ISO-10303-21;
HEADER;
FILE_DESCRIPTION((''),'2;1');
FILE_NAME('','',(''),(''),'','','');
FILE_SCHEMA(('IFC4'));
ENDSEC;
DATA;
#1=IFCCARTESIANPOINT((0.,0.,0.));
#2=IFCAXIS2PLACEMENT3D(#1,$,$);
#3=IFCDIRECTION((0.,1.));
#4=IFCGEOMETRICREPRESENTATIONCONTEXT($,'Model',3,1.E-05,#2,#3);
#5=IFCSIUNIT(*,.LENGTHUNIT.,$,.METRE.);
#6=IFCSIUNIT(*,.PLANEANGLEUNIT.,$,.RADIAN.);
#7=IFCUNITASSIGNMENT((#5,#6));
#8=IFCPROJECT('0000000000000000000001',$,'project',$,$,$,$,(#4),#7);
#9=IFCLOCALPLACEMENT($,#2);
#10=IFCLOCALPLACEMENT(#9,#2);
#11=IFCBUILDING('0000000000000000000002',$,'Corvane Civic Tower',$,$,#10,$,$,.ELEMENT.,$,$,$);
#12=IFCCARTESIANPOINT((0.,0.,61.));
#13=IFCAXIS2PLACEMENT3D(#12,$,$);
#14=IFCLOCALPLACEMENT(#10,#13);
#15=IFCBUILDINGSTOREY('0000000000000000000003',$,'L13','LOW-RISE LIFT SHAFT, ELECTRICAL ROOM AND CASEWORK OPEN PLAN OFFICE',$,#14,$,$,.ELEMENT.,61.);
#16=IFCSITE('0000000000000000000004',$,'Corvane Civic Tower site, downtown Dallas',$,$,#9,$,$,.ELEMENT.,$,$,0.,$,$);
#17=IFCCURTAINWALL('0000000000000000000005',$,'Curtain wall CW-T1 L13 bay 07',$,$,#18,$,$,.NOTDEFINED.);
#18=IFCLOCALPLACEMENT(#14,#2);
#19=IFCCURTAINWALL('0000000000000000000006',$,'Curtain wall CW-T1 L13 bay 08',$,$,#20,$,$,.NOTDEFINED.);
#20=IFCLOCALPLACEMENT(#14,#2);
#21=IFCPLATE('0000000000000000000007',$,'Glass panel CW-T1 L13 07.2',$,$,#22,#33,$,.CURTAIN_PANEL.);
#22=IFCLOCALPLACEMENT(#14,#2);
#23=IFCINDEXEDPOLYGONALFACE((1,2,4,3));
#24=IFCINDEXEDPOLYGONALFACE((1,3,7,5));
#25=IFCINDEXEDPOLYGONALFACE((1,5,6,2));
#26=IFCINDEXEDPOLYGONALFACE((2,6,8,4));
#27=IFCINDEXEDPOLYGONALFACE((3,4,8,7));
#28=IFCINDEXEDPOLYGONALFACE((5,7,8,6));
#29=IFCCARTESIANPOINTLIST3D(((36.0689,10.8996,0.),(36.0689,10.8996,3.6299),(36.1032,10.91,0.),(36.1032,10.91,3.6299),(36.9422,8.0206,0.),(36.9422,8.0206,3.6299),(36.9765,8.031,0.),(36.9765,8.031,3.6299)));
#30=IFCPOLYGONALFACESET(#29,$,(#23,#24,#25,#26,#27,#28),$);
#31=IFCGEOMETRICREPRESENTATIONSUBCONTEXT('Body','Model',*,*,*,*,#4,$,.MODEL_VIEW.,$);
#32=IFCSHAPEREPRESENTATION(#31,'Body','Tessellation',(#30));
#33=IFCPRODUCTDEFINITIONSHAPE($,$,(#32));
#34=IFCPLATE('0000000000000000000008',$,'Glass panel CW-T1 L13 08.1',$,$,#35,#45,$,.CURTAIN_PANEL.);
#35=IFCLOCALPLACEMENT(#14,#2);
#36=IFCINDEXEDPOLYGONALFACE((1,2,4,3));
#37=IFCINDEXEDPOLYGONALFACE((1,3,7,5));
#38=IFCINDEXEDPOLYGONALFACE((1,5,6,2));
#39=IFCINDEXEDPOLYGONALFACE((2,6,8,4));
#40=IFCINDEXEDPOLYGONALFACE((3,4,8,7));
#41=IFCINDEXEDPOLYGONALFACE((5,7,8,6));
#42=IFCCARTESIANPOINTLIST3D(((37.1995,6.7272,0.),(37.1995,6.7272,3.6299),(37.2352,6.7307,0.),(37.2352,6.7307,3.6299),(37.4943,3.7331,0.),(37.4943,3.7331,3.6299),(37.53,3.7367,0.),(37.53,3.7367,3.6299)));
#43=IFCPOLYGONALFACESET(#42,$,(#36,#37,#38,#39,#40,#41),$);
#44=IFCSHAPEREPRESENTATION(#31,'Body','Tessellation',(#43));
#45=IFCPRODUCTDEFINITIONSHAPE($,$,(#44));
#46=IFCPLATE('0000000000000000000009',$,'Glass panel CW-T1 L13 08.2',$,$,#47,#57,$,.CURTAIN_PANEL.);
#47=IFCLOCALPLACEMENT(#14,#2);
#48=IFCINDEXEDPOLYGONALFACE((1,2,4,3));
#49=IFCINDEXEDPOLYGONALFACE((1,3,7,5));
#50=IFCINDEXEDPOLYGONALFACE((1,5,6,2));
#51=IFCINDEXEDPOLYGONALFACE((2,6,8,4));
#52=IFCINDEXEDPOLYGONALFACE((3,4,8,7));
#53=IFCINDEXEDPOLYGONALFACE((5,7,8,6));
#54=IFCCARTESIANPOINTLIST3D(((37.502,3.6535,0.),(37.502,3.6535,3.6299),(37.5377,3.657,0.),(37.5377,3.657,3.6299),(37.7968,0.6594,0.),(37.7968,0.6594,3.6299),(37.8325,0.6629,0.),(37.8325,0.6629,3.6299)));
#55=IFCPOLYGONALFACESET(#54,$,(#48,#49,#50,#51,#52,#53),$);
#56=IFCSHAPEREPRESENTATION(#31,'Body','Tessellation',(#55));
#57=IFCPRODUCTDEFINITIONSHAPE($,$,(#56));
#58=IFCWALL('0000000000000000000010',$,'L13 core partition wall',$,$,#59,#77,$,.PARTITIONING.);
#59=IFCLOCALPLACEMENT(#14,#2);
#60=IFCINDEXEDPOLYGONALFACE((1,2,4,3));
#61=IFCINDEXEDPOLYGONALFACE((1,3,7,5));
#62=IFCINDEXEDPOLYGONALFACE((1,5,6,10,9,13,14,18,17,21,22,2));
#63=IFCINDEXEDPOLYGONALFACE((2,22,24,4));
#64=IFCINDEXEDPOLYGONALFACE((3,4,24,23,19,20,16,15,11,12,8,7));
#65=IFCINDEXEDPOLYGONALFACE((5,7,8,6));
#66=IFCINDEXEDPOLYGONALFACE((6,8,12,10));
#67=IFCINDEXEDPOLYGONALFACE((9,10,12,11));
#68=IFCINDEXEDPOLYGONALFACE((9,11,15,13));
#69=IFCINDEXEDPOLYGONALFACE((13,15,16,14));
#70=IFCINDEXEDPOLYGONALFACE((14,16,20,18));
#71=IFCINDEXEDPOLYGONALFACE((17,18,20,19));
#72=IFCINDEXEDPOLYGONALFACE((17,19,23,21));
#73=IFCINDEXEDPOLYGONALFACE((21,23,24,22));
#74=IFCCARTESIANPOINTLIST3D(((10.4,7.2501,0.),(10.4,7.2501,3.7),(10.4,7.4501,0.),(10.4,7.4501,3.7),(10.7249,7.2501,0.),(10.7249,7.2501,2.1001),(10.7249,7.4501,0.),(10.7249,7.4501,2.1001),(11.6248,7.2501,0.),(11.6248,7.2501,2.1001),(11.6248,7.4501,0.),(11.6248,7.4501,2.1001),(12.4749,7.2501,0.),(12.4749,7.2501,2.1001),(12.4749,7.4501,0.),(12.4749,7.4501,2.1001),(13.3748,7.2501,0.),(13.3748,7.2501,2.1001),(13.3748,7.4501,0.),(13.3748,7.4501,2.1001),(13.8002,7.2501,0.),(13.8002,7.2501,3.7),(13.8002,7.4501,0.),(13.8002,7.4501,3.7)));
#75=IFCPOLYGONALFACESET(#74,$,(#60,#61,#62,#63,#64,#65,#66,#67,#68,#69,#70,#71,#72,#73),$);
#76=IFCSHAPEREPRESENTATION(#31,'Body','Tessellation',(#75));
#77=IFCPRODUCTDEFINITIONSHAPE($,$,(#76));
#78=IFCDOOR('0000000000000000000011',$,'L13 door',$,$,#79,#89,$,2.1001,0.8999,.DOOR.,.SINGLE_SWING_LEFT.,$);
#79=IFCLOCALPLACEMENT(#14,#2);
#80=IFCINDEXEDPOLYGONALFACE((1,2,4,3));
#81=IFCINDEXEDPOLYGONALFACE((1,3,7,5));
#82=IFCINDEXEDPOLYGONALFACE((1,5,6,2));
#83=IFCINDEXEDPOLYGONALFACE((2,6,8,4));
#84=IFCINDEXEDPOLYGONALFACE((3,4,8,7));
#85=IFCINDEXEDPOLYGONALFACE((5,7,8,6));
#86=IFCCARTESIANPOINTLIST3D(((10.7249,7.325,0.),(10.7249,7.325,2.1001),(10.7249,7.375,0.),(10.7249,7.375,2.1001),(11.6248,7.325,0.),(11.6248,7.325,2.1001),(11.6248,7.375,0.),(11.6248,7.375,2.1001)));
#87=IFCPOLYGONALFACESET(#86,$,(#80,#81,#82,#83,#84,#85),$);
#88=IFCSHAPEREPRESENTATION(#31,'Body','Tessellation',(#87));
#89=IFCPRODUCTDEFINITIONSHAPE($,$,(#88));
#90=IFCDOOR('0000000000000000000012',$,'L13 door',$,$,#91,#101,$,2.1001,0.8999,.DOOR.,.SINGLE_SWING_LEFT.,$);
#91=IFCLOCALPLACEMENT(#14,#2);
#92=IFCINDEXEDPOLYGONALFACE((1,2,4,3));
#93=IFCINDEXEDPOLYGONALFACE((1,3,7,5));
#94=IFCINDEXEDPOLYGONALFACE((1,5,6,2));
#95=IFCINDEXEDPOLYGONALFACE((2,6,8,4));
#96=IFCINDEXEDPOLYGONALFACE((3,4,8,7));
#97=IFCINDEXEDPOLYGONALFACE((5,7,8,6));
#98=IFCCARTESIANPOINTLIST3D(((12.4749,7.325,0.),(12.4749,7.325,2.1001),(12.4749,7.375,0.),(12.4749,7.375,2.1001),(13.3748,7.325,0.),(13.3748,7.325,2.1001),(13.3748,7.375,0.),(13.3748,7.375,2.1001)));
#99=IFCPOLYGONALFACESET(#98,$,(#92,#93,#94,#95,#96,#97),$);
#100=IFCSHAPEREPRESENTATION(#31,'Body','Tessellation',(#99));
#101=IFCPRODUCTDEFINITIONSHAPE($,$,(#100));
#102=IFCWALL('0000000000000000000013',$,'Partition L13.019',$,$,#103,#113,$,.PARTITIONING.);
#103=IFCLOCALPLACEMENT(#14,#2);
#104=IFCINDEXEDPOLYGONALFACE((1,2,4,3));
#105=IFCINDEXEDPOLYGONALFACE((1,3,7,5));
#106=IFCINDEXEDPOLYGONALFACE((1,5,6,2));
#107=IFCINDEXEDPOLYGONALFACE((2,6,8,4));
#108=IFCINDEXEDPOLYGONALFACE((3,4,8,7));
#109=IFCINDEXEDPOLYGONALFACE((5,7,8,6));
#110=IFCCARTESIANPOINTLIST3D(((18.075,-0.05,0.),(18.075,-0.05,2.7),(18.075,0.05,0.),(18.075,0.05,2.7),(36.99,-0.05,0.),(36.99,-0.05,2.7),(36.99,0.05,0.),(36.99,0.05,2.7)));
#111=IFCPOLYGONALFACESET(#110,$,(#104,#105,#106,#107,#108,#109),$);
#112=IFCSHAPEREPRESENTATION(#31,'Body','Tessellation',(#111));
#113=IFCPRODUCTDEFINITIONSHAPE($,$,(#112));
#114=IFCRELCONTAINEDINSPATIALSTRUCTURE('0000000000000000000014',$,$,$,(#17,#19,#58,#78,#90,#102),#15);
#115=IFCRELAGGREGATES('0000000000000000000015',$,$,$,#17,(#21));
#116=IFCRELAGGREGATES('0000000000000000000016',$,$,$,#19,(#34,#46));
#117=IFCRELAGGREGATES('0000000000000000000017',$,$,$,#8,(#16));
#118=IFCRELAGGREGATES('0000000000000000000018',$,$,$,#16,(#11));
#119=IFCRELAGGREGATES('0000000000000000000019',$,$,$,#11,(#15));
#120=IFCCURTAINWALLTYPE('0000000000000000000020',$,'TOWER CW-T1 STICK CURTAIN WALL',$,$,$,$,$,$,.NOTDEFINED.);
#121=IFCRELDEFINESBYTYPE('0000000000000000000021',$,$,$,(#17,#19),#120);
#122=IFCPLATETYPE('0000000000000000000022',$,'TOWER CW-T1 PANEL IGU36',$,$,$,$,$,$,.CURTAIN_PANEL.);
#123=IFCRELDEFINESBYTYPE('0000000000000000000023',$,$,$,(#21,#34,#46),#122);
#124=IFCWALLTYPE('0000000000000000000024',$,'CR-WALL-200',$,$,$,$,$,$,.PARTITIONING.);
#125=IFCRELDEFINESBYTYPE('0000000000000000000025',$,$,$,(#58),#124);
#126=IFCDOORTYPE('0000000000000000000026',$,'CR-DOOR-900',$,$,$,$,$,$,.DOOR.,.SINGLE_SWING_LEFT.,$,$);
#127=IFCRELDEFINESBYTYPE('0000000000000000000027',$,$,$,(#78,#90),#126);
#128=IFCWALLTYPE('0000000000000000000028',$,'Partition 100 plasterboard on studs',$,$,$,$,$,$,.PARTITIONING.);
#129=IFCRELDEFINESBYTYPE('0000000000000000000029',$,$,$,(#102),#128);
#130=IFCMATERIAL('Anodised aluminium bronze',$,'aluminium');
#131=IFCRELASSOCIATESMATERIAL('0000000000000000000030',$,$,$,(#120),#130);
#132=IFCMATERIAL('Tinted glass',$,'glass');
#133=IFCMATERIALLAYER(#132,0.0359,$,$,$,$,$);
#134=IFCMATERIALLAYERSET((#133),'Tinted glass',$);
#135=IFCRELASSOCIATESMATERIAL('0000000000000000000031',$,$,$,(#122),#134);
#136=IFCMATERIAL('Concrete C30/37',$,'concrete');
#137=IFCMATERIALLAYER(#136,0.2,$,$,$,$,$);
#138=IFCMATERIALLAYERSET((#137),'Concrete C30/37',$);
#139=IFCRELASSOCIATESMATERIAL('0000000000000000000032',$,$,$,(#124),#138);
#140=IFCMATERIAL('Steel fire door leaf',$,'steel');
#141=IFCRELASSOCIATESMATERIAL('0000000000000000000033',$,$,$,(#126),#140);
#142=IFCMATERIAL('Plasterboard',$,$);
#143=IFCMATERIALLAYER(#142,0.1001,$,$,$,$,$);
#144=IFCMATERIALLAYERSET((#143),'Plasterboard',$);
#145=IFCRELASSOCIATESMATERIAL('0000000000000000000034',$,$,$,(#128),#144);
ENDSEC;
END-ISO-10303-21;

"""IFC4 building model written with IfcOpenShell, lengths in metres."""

from ifc_helpers import new_model, si_unit, direction, frame, frame_2d, origin, origin_2d, place, context, subcontext, project, spatial, rectangle, extrude, material, layer, layer_set, type_object, element, fill, aggregate, save


model = new_model("IFC4")

# Units and contexts
model_context = context("Model", 3, precision=1e-05, world=origin(), true_north=direction((0.0, 1.0)))
body_context = subcontext(model_context, "Body", "Model", "MODEL_VIEW")
ifc_project = project(units=[si_unit("LENGTHUNIT", "METRE"), si_unit("PLANEANGLEUNIT", "RADIAN")], contexts=[model_context])

# Site, building, storey
site_placement = place(None, origin())
site = spatial("IfcSite", under=ifc_project, at=site_placement, Name="Corvane Civic Tower site, downtown Dallas", CompositionType="ELEMENT", RefElevation=0.0)
building_placement = place(site_placement, origin())
building = spatial("IfcBuilding", under=site, at=building_placement, Name="Corvane Civic Tower", CompositionType="ELEMENT")
storey_placement = place(building_placement, frame((0.0, 0.0, 61.0)))
storey = spatial("IfcBuildingStorey", under=building, at=storey_placement, Name="L13", Description="LOW-RISE LIFT SHAFT, ELECTRICAL ROOM AND CASEWORK OPEN PLAN OFFICE", CompositionType="ELEMENT", Elevation=61.0)

# Curtain walls
ifc_material_1 = material(Name="Anodised aluminium bronze", Category="aluminium")
curtain_wall_type = type_object("IfcCurtainWallType", Name="TOWER CW-T1 STICK CURTAIN WALL", PredefinedType="NOTDEFINED", material=ifc_material_1)
curtain_wall_1_placement = place(storey_placement, origin())
curtain_wall_1 = element("IfcCurtainWall", 1, at=curtain_wall_1_placement, inside=storey, type_object=curtain_wall_type, Name="Curtain wall CW-T1 L13 bay 07", PredefinedType="NOTDEFINED")
curtain_wall_2_placement = place(storey_placement, origin())
curtain_wall_2 = element("IfcCurtainWall", 2, at=curtain_wall_2_placement, inside=storey, type_object=curtain_wall_type, Name="Curtain wall CW-T1 L13 bay 08", PredefinedType="NOTDEFINED")

# Plates
ifc_material_2 = material(Name="Tinted glass", Category="glass")
ifc_layer_1 = layer(ifc_material_2, 0.0359)
ifc_layer_set_1 = layer_set([ifc_layer_1], Name="Tinted glass")
plate_type = type_object("IfcPlateType", Name="TOWER CW-T1 PANEL IGU36", PredefinedType="CURTAIN_PANEL", material=ifc_layer_set_1)
plate_1_placement = place(storey_placement, frame((36.5227, 9.4653, 0.0), z_axis=(0.0, 0.0, 1.0), x_axis=(0.290278, -0.956942, 0.0)))
plate_1 = element("IfcPlate", 3, at=plate_1_placement, type_object=plate_type, Name="Glass panel CW-T1 L13 07.2", PredefinedType="CURTAIN_PANEL", context=body_context, shape_type="SweptSolid", body=[
    extrude(rectangle(XDim=3.0085, YDim=0.0359, at=origin_2d()), origin(), (0.0, 0.0, 1.0), 3.6299),
])
aggregate(curtain_wall_1, [plate_1])
plate_2_placement = place(storey_placement, frame((37.3647, 5.2319, 0.0), z_axis=(0.0, 0.0, 1.0), x_axis=(0.098006, -0.995186, 0.0)))
plate_2 = element("IfcPlate", 4, at=plate_2_placement, type_object=plate_type, Name="Glass panel CW-T1 L13 08.1", PredefinedType="CURTAIN_PANEL", context=body_context, shape_type="SweptSolid", body=[
    extrude(rectangle(XDim=3.0085, YDim=0.0359, at=origin_2d()), origin(), (0.0, 0.0, 1.0), 3.6299),
])
plate_3_placement = place(storey_placement, frame((37.6672, 2.1582, 0.0), z_axis=(0.0, 0.0, 1.0), x_axis=(0.098006, -0.995186, 0.0)))
plate_3 = element("IfcPlate", 5, at=plate_3_placement, type_object=plate_type, Name="Glass panel CW-T1 L13 08.2", PredefinedType="CURTAIN_PANEL", context=body_context, shape_type="SweptSolid", body=[
    extrude(rectangle(XDim=3.0085, YDim=0.0359, at=origin_2d()), origin(), (0.0, 0.0, 1.0), 3.6299),
])
aggregate(curtain_wall_2, [plate_2, plate_3])

# Wall, openings, doors
ifc_material_3 = material(Name="Concrete C30/37", Category="concrete")
ifc_layer_2 = layer(ifc_material_3, 0.2)
ifc_layer_set_2 = layer_set([ifc_layer_2], Name="Concrete C30/37")
wall_type_1 = type_object("IfcWallType", Name="CR-WALL-200", PredefinedType="PARTITIONING", material=ifc_layer_set_2)
wall_1_placement = place(storey_placement, frame((10.3999, 7.3501, 0.0), z_axis=(0.0, 0.0, 1.0), x_axis=(1.0, 0.0, 0.0)))
wall_1 = element("IfcWall", 6, at=wall_1_placement, inside=storey, type_object=wall_type_1, Name="L13 core partition wall", PredefinedType="PARTITIONING", context=body_context, shape_type="SweptSolid", body=[
    extrude(rectangle(XDim=3.4001, YDim=0.2, at=frame_2d((1.7002, 0.0))), origin(), (0.0, 0.0, 1.0), 3.7),
])
opening_1_placement = place(wall_1_placement, frame((0.325, 0.0, 0.0)))
opening_1 = element("IfcOpeningElement", 7, at=opening_1_placement, cuts=wall_1, PredefinedType="OPENING", context=body_context, shape_type="SweptSolid", body=[
    extrude(rectangle(XDim=0.8999, YDim=2.1001, at=frame_2d((0.45, 1.05))), frame((0.0, 0.1099, 0.0), z_axis=(0.0, -1.0, 0.0), x_axis=(1.0, 0.0, 0.0)), (0.0, 0.0, 1.0), 0.22),
])
opening_2_placement = place(wall_1_placement, frame((2.075, 0.0, 0.0)))
opening_2 = element("IfcOpeningElement", 8, at=opening_2_placement, cuts=wall_1, PredefinedType="OPENING", context=body_context, shape_type="SweptSolid", body=[
    extrude(rectangle(XDim=0.8999, YDim=2.1001, at=frame_2d((0.45, 1.05))), frame((0.0, 0.1099, 0.0), z_axis=(0.0, -1.0, 0.0), x_axis=(1.0, 0.0, 0.0)), (0.0, 0.0, 1.0), 0.22),
])
ifc_material_4 = material(Name="Steel fire door leaf", Category="steel")
door_type = type_object("IfcDoorType", Name="CR-DOOR-900", OperationType="SINGLE_SWING_LEFT", PredefinedType="DOOR", material=ifc_material_4)
door_1_placement = place(opening_1_placement, origin())
door_1 = element("IfcDoor", 9, at=door_1_placement, inside=storey, type_object=door_type, Name="L13 door", OperationType="SINGLE_SWING_LEFT", OverallHeight=2.1001, OverallWidth=0.8999, PredefinedType="DOOR", context=body_context, shape_type="SweptSolid", body=[
    extrude(rectangle(XDim=0.8999, YDim=2.1001, at=frame_2d((0.45, 1.05))), frame((0.0, 0.0249, 0.0), z_axis=(0.0, -1.0, 0.0), x_axis=(1.0, 0.0, 0.0)), (0.0, 0.0, 1.0), 0.05),
])
fill(opening_1, door_1)
door_2_placement = place(opening_2_placement, origin())
door_2 = element("IfcDoor", 10, at=door_2_placement, inside=storey, type_object=door_type, Name="L13 door", OperationType="SINGLE_SWING_LEFT", OverallHeight=2.1001, OverallWidth=0.8999, PredefinedType="DOOR", context=body_context, shape_type="SweptSolid", body=[
    extrude(rectangle(XDim=0.8999, YDim=2.1001, at=frame_2d((0.45, 1.05))), frame((0.0, 0.0249, 0.0), z_axis=(0.0, -1.0, 0.0), x_axis=(1.0, 0.0, 0.0)), (0.0, 0.0, 1.0), 0.05),
])
fill(opening_2, door_2)

# Wall
ifc_material_5 = material(Name="Plasterboard")
ifc_layer_3 = layer(ifc_material_5, 0.1001)
ifc_layer_set_3 = layer_set([ifc_layer_3], Name="Plasterboard")
wall_type_2 = type_object("IfcWallType", Name="Partition 100 plasterboard on studs", PredefinedType="PARTITIONING", material=ifc_layer_set_3)
wall_2_placement = place(storey_placement, frame((18.075, 0.0, 0.0), z_axis=(0.0, 0.0, 1.0), x_axis=(1.0, 0.0, 0.0)))
element("IfcWall", 11, at=wall_2_placement, inside=storey, type_object=wall_type_2, Name="Partition L13.019", PredefinedType="PARTITIONING", context=body_context, shape_type="SweptSolid", body=[
    extrude(rectangle(XDim=18.915, YDim=0.1001, at=frame_2d((9.4575, 0.0))), origin(), (0.0, 0.0, 1.0), 2.7),
])

save(model, "model.ifc")
